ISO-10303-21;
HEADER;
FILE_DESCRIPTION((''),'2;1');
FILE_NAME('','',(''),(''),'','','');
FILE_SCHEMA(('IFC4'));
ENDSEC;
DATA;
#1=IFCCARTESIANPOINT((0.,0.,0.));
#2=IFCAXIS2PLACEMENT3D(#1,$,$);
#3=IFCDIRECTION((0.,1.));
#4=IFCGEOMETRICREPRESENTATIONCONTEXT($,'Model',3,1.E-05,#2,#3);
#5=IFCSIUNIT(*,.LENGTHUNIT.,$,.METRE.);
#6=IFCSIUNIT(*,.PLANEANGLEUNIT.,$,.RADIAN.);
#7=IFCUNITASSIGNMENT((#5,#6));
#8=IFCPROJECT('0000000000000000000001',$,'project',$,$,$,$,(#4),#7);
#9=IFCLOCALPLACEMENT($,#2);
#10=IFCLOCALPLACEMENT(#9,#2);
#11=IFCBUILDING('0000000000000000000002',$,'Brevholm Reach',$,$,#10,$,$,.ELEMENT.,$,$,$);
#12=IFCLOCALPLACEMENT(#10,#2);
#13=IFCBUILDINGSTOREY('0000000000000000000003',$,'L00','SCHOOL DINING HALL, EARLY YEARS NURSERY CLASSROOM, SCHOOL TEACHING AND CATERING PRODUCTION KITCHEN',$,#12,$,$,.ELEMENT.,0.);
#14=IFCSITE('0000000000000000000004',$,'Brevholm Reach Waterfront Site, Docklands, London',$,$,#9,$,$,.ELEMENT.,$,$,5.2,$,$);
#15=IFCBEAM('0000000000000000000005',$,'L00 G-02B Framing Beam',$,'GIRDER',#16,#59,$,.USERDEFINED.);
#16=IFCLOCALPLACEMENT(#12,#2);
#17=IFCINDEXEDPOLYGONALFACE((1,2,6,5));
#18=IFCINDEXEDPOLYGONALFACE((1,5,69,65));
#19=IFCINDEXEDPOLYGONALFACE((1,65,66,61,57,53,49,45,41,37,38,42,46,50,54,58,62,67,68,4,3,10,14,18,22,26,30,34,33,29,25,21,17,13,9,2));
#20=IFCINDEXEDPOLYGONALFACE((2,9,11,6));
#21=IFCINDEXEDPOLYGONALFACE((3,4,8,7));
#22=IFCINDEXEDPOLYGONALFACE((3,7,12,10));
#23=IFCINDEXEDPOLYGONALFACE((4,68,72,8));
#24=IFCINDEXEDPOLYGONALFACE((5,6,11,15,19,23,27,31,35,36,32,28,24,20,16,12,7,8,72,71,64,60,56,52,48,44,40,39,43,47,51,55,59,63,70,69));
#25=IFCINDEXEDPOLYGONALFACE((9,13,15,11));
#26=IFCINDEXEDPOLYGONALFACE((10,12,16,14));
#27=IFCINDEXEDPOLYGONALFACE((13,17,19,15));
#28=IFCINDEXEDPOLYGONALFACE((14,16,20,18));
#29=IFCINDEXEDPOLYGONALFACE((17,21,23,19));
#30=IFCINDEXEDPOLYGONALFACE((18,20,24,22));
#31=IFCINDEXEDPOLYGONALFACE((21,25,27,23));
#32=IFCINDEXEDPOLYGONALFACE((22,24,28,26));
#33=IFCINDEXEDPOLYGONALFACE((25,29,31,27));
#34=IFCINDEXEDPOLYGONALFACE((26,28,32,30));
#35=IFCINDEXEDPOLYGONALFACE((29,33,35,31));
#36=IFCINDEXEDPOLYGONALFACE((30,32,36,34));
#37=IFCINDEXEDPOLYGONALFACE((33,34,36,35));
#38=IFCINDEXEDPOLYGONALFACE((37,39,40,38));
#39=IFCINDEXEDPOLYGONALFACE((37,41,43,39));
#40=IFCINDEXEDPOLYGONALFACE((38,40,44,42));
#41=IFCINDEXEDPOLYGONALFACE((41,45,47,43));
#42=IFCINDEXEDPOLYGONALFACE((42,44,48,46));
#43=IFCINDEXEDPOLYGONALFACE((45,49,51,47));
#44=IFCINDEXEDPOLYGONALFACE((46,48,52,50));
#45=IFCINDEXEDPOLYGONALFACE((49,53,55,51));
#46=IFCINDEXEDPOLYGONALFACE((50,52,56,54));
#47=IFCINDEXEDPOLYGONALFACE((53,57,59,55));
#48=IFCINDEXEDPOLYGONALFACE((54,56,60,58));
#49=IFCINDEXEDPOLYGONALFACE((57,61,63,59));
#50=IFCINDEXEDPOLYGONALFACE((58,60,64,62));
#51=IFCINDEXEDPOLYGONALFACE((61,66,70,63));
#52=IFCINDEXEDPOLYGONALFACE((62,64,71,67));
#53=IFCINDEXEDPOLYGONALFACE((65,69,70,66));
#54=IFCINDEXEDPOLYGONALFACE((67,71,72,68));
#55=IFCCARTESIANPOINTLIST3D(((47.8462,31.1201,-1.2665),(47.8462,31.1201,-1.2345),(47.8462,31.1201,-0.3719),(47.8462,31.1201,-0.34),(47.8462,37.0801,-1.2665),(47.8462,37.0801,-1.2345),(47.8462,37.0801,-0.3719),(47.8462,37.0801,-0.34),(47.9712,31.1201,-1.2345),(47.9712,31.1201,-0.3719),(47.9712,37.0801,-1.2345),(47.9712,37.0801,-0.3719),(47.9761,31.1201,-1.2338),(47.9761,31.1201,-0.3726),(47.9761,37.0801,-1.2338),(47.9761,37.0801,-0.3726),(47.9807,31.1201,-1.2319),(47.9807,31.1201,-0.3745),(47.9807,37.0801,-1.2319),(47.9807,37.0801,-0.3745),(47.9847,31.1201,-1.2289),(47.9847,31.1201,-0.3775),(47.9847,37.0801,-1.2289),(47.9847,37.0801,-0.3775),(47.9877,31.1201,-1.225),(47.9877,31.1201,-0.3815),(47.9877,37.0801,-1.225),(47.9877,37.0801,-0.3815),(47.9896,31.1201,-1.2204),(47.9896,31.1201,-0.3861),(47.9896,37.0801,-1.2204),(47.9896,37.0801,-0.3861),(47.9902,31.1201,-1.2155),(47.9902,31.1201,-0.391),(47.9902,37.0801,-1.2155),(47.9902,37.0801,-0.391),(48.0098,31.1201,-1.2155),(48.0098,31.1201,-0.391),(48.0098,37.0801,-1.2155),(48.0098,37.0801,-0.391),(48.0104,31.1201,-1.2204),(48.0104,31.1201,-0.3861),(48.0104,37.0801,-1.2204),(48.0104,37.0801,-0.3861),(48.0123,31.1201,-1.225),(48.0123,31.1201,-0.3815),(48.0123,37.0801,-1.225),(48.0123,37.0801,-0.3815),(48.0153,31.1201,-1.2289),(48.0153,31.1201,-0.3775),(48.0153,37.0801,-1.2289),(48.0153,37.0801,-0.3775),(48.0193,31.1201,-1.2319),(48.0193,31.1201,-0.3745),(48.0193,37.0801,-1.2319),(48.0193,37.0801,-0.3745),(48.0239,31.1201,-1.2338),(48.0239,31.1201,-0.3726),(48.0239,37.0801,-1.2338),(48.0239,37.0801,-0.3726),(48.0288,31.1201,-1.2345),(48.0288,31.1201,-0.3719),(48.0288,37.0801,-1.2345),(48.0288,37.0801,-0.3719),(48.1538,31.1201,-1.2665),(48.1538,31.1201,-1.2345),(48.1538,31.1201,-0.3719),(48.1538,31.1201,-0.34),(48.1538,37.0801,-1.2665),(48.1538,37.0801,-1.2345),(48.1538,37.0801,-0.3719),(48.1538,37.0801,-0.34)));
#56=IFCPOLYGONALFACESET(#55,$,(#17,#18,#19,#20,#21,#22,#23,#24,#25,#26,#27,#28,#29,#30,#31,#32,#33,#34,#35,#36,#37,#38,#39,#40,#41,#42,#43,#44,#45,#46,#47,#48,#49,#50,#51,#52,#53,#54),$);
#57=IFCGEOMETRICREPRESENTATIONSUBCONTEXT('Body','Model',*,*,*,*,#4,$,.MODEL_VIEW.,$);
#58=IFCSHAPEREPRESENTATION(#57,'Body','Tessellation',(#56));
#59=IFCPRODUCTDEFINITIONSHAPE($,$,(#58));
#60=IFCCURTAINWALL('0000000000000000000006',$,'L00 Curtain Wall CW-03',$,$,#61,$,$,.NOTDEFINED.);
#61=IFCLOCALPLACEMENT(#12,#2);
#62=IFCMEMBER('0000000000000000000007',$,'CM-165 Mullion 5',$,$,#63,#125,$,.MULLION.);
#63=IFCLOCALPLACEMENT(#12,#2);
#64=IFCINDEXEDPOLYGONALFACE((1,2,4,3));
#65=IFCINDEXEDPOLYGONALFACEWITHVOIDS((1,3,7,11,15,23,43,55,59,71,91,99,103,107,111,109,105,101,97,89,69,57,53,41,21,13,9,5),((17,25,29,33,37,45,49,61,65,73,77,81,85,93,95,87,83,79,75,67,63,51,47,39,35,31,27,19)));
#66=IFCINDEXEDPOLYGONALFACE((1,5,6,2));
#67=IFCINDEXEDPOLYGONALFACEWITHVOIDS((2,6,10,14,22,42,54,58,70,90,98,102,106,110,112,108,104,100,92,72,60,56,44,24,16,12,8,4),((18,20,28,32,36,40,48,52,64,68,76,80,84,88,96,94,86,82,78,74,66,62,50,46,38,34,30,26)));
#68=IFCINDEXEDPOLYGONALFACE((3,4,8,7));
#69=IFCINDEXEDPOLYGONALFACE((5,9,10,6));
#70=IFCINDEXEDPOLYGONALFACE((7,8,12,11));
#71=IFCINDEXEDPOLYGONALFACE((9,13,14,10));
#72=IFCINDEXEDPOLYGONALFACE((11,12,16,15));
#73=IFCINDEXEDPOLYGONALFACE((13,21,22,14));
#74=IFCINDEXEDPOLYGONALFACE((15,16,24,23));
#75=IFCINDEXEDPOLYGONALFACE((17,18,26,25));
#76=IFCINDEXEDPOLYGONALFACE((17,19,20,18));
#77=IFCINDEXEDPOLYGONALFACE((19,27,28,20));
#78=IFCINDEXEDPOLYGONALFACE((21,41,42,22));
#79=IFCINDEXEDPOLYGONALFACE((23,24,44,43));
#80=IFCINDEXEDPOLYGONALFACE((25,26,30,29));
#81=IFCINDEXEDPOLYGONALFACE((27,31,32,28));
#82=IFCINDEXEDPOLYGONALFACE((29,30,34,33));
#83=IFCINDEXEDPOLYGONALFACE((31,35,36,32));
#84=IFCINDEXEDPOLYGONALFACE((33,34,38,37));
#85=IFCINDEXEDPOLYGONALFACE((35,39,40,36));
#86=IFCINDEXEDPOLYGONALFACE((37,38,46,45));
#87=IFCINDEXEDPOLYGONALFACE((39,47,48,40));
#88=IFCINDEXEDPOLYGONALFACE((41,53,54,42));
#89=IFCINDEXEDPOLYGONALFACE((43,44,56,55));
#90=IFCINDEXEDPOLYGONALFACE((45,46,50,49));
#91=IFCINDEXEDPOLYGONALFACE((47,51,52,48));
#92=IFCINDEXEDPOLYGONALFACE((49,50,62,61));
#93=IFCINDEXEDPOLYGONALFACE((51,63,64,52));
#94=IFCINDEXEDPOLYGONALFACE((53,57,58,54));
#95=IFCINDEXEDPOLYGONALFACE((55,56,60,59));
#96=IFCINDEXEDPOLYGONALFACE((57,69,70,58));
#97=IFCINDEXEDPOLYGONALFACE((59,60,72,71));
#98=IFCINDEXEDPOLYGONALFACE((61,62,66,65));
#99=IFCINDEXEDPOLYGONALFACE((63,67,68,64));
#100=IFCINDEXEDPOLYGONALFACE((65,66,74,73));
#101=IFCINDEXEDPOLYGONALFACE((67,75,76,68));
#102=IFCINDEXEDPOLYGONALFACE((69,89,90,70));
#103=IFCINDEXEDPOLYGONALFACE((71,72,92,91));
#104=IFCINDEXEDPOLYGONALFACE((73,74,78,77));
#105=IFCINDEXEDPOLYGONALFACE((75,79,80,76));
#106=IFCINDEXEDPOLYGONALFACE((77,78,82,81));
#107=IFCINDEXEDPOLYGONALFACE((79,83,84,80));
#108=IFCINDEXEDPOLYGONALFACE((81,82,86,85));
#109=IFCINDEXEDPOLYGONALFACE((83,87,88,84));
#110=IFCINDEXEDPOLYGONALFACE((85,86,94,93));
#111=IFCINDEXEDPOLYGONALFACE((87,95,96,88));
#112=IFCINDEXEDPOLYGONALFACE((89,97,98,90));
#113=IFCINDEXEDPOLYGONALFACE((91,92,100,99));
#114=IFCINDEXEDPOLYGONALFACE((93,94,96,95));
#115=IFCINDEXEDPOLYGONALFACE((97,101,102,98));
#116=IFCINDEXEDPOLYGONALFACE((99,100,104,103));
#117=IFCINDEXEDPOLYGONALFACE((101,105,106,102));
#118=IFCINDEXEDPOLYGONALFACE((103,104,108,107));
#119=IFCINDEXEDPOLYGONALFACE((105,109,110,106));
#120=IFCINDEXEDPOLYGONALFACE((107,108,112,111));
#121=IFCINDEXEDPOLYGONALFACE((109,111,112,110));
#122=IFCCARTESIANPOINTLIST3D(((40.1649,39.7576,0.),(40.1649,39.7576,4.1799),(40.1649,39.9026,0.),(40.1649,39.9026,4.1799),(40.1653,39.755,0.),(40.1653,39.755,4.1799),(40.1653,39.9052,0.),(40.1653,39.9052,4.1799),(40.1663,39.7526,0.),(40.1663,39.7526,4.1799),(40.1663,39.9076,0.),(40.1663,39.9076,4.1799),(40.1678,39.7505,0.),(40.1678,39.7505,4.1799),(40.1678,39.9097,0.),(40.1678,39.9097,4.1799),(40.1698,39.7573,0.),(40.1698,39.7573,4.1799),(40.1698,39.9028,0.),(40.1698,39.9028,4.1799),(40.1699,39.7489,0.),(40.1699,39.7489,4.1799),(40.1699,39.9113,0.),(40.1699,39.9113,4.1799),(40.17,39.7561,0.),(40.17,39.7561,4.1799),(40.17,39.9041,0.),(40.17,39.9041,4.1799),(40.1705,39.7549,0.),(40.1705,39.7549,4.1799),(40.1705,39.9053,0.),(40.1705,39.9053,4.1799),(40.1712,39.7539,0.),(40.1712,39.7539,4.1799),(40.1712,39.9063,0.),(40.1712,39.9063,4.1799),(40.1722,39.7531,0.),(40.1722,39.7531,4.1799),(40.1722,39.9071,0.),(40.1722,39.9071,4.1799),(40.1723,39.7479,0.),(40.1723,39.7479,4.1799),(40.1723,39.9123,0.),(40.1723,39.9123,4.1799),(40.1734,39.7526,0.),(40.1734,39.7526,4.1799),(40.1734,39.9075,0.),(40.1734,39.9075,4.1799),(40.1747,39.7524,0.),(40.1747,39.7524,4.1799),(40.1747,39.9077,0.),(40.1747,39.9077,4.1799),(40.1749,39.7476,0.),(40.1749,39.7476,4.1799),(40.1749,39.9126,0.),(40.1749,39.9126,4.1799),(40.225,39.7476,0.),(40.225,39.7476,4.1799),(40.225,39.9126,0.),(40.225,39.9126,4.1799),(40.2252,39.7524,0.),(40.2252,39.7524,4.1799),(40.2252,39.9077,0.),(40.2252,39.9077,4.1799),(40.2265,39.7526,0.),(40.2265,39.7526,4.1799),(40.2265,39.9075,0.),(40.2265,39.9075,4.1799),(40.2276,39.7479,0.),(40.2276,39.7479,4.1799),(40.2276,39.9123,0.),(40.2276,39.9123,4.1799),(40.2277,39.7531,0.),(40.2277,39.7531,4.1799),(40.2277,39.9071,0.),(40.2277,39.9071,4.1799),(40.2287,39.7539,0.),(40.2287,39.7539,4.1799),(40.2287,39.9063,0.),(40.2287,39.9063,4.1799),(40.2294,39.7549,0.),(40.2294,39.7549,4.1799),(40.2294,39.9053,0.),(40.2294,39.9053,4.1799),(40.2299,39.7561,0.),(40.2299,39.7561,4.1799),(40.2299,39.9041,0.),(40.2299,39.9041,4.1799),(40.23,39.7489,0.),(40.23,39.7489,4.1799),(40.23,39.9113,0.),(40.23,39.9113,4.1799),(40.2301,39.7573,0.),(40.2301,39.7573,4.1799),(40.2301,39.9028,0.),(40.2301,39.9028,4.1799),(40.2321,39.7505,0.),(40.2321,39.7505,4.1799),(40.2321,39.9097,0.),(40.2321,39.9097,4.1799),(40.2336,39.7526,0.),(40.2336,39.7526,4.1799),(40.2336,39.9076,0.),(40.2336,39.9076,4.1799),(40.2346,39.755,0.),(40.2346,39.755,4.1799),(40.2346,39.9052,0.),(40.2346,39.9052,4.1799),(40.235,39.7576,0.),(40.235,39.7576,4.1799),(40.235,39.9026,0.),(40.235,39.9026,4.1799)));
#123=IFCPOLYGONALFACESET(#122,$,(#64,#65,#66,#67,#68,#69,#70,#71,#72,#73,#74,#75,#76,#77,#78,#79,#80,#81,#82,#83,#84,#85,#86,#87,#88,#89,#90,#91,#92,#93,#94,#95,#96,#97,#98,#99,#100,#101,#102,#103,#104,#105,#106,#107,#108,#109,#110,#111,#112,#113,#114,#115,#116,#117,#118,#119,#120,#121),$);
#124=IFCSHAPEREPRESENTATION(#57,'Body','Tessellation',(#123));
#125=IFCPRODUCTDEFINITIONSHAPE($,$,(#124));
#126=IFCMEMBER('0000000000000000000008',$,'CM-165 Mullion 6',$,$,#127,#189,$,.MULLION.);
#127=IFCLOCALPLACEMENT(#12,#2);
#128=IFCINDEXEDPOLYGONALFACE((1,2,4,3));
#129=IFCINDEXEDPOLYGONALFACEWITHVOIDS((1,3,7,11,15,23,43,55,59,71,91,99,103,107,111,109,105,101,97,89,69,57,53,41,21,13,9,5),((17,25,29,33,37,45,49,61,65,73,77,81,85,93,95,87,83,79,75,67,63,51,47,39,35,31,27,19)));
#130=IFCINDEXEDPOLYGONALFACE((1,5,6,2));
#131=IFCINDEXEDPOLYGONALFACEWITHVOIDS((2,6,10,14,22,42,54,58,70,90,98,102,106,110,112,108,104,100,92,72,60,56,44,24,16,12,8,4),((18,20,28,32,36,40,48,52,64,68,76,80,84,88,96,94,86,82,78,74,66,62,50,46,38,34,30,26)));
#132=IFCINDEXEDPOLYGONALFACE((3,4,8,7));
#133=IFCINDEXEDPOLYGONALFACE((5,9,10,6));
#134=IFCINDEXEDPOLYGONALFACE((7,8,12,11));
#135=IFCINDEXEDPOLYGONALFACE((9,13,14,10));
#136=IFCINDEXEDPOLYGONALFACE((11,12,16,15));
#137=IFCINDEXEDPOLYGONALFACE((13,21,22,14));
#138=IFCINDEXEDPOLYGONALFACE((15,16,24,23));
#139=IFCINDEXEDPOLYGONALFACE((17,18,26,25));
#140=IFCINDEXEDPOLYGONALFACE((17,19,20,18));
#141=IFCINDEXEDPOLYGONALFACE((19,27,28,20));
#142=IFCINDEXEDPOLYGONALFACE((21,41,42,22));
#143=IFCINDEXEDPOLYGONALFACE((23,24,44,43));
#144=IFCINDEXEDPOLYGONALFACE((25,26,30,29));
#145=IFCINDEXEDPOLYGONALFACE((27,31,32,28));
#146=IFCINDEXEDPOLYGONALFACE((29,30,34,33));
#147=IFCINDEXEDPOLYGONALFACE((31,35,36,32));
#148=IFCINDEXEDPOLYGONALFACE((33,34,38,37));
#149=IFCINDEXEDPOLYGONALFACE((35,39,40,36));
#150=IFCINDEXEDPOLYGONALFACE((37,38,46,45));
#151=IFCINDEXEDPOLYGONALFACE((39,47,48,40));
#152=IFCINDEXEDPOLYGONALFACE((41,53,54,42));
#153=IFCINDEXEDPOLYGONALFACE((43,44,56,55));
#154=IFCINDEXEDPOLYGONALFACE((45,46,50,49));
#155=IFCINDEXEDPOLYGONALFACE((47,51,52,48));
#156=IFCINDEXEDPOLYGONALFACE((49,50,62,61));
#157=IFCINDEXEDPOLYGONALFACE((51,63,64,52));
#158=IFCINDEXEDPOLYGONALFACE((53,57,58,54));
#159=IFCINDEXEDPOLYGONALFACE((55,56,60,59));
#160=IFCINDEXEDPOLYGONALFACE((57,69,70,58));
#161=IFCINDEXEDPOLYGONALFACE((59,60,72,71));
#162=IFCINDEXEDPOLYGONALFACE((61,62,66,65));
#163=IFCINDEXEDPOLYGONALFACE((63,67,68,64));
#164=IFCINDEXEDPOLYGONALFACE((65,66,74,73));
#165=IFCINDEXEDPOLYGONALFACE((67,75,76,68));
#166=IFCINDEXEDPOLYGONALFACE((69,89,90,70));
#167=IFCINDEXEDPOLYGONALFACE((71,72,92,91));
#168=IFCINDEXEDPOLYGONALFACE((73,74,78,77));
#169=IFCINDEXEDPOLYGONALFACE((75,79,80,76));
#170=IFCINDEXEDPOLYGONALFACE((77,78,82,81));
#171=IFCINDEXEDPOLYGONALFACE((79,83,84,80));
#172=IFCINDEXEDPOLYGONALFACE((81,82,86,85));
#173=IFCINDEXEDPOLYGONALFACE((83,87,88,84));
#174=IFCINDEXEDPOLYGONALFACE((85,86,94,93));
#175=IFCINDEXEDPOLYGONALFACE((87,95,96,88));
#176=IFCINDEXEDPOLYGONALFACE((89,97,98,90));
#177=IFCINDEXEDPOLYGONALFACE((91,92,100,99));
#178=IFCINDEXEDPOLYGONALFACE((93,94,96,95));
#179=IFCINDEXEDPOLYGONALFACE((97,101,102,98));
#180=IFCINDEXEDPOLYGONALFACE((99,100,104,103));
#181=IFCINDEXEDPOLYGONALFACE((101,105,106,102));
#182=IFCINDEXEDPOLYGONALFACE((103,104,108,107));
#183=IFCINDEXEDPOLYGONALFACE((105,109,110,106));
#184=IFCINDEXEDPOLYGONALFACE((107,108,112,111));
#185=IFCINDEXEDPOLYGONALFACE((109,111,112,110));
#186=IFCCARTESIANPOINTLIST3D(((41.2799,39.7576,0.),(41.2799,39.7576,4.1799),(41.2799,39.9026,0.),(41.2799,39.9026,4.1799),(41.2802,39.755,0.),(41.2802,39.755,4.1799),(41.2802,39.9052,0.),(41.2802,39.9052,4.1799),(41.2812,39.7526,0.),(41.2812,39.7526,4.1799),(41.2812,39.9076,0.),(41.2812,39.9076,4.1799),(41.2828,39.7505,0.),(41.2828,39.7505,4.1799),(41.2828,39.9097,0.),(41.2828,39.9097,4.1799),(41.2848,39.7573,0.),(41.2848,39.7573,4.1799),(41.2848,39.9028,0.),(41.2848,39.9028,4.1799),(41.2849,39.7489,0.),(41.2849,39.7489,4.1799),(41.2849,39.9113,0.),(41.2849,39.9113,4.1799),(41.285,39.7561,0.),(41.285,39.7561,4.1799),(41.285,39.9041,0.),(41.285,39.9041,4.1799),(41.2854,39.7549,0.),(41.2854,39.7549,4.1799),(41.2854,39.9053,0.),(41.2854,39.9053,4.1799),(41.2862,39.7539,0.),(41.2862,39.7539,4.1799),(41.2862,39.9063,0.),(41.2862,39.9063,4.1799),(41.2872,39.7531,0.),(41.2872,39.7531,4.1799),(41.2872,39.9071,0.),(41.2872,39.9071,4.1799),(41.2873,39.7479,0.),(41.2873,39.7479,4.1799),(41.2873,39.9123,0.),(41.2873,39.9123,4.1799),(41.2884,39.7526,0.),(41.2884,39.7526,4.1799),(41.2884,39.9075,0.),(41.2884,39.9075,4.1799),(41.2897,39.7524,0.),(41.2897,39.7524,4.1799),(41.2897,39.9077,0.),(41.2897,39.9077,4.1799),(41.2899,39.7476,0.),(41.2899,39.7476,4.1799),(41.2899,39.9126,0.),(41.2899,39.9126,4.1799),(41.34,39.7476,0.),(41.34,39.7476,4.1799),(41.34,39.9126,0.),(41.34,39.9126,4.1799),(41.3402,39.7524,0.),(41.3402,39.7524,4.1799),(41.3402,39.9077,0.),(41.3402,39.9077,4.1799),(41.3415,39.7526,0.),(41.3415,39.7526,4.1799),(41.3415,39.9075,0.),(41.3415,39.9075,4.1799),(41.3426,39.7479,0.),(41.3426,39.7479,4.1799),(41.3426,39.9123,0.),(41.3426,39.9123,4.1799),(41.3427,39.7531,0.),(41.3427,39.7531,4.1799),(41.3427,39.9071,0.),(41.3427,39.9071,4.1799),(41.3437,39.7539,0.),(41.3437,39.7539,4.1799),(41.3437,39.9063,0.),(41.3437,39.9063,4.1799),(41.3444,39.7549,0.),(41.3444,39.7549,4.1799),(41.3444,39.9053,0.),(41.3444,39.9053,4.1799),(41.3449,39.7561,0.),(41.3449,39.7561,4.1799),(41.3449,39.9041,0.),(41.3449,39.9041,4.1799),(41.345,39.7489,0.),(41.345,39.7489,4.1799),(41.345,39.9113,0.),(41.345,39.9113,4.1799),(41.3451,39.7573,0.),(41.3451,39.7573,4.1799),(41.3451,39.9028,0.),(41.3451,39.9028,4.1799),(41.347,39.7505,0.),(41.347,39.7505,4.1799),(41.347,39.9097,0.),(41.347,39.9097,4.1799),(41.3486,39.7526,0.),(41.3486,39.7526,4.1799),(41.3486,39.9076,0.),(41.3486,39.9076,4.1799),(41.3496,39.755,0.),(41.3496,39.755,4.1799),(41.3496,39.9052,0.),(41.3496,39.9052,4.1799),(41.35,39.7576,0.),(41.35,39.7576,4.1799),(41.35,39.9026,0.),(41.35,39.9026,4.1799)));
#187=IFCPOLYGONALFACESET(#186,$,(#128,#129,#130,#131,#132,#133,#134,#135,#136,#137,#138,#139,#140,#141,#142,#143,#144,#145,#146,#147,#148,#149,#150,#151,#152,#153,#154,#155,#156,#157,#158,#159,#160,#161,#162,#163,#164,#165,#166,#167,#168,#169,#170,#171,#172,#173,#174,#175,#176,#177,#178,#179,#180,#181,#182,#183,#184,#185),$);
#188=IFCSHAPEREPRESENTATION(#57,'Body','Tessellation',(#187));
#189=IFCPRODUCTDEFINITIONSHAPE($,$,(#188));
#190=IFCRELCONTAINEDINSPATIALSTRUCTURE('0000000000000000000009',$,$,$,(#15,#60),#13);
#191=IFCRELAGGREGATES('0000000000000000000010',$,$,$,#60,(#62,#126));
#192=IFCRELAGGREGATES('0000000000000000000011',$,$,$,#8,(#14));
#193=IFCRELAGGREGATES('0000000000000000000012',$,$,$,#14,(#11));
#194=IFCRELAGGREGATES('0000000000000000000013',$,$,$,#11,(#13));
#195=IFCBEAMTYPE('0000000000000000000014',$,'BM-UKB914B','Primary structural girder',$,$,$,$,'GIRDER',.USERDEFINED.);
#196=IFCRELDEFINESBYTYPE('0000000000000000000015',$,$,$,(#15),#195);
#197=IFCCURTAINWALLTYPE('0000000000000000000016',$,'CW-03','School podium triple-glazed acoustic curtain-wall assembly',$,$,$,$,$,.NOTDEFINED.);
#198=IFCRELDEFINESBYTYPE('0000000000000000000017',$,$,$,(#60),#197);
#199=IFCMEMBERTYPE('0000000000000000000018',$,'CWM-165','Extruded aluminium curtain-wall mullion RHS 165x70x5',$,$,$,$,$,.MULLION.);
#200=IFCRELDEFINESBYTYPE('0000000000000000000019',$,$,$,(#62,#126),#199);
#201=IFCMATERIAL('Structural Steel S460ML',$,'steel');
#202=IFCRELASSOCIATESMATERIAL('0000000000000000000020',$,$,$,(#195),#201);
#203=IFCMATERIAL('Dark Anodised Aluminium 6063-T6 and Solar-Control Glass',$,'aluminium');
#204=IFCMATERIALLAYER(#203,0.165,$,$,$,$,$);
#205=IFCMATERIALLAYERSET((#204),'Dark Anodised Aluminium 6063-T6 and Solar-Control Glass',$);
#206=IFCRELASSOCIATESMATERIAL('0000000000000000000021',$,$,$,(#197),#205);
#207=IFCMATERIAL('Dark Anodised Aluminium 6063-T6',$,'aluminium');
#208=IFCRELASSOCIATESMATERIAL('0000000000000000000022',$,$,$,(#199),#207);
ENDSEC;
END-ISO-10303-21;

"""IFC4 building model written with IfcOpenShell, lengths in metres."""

from ifc_helpers import new_model, si_unit, direction, frame, origin, origin_2d, place, context, subcontext, project, spatial, hollow_rectangle, i_section, extrude, material, layer, layer_set, material_profile, profile_set, type_object, element, aggregate, save


model = new_model("IFC4")

# Units and contexts
model_context = context("Model", 3, precision=1e-05, world=origin(), true_north=direction((0.0, 1.0)))
body_context = subcontext(model_context, "Body", "Model", "MODEL_VIEW")
ifc_project = project(units=[si_unit("LENGTHUNIT", "METRE"), si_unit("PLANEANGLEUNIT", "RADIAN")], contexts=[model_context])

# Site, building, storey
site_placement = place(None, origin())
site = spatial("IfcSite", under=ifc_project, at=site_placement, Name="Brevholm Reach Waterfront Site, Docklands, London", CompositionType="ELEMENT", RefElevation=5.2)
building_placement = place(site_placement, origin())
building = spatial("IfcBuilding", under=site, at=building_placement, Name="Brevholm Reach", CompositionType="ELEMENT")
storey_placement = place(building_placement, origin())
storey = spatial("IfcBuildingStorey", under=building, at=storey_placement, Name="L00", Description="SCHOOL DINING HALL, EARLY YEARS NURSERY CLASSROOM, SCHOOL TEACHING AND CATERING PRODUCTION KITCHEN", CompositionType="ELEMENT", Elevation=0.0)

# Beam
ifc_material_1 = material(Name="Structural Steel S460ML", Category="steel")
ifc_material_profile_1 = material_profile(ifc_material_1, i_section(OverallWidth=0.3076, OverallDepth=0.9265, WebThickness=0.0195, FlangeThickness=0.032, FilletRadius=0.019, at=origin_2d()), Name="UKB 914x305x289")
ifc_profile_set_1 = profile_set([ifc_material_profile_1], Name="Structural Steel S460ML")
beam_type_1 = type_object("IfcBeamType", Name="BM-UKB914B", Description="Primary structural girder", ElementType="GIRDER", PredefinedType="USERDEFINED", material=ifc_profile_set_1)
beam_1_placement = place(storey_placement, frame((48.0, 31.1201, -0.8032), z_axis=(0.0, 1.0, 0.0), x_axis=(-1.0, 0.0, 0.0)))
element("IfcBeam", 1, at=beam_1_placement, inside=storey, type_object=beam_type_1, Name="L00 G-02B Framing Beam", ObjectType="GIRDER", PredefinedType="USERDEFINED", context=body_context, shape_type="SweptSolid", body=[
    extrude(i_section(OverallWidth=0.3076, OverallDepth=0.9265, WebThickness=0.0195, FlangeThickness=0.032, FilletRadius=0.019, at=origin_2d()), origin(), (0.0, 0.0, 1.0), 5.96),
])

# Curtain wall, members
ifc_material_2 = material(Name="Dark Anodised Aluminium 6063-T6 and Solar-Control Glass", Category="aluminium")
ifc_layer_1 = layer(ifc_material_2, 0.165)
ifc_layer_set_1 = layer_set([ifc_layer_1], Name="Dark Anodised Aluminium 6063-T6 and Solar-Control Glass")
curtain_wall_type = type_object("IfcCurtainWallType", Name="CW-03", Description="School podium triple-glazed acoustic curtain-wall assembly", PredefinedType="NOTDEFINED", material=ifc_layer_set_1)
curtain_wall_1_placement = place(storey_placement, origin())
curtain_wall_1 = element("IfcCurtainWall", 2, at=curtain_wall_1_placement, inside=storey, type_object=curtain_wall_type, Name="L00 Curtain Wall CW-03", PredefinedType="NOTDEFINED")
ifc_material_3 = material(Name="Dark Anodised Aluminium 6063-T6", Category="aluminium")
ifc_material_profile_2 = material_profile(ifc_material_3, hollow_rectangle(XDim=0.0701, YDim=0.165, WallThickness=0.0049, InnerFilletRadius=0.0049, OuterFilletRadius=0.01, at=origin_2d()), Name="RHS 165x70x5")
ifc_profile_set_2 = profile_set([ifc_material_profile_2], Name="Dark Anodised Aluminium 6063-T6")
member_type_1 = type_object("IfcMemberType", Name="CWM-165", Description="Extruded aluminium curtain-wall mullion RHS 165x70x5", PredefinedType="MULLION", material=ifc_profile_set_2)
member_1_placement = place(storey_placement, frame((40.2, 39.8301, 0.0), z_axis=(0.0, 0.0, 1.0), x_axis=(1.0, 0.0, 0.0)))
member_1 = element("IfcMember", 3, at=member_1_placement, type_object=member_type_1, Name="CM-165 Mullion 5", PredefinedType="MULLION", context=body_context, shape_type="SweptSolid", body=[
    extrude(hollow_rectangle(XDim=0.0701, YDim=0.165, WallThickness=0.0049, InnerFilletRadius=0.0049, OuterFilletRadius=0.01, at=origin_2d()), origin(), (0.0, 0.0, 1.0), 4.1799),
])
member_2_placement = place(storey_placement, frame((41.3149, 39.8301, 0.0), z_axis=(0.0, 0.0, 1.0), x_axis=(1.0, 0.0, 0.0)))
member_2 = element("IfcMember", 4, at=member_2_placement, type_object=member_type_1, Name="CM-165 Mullion 6", PredefinedType="MULLION", context=body_context, shape_type="SweptSolid", body=[
    extrude(hollow_rectangle(XDim=0.0701, YDim=0.165, WallThickness=0.0049, InnerFilletRadius=0.0049, OuterFilletRadius=0.01, at=origin_2d()), origin(), (0.0, 0.0, 1.0), 4.1799),
])

aggregate(curtain_wall_1, [member_1, member_2])

save(model, "model.ifc")
